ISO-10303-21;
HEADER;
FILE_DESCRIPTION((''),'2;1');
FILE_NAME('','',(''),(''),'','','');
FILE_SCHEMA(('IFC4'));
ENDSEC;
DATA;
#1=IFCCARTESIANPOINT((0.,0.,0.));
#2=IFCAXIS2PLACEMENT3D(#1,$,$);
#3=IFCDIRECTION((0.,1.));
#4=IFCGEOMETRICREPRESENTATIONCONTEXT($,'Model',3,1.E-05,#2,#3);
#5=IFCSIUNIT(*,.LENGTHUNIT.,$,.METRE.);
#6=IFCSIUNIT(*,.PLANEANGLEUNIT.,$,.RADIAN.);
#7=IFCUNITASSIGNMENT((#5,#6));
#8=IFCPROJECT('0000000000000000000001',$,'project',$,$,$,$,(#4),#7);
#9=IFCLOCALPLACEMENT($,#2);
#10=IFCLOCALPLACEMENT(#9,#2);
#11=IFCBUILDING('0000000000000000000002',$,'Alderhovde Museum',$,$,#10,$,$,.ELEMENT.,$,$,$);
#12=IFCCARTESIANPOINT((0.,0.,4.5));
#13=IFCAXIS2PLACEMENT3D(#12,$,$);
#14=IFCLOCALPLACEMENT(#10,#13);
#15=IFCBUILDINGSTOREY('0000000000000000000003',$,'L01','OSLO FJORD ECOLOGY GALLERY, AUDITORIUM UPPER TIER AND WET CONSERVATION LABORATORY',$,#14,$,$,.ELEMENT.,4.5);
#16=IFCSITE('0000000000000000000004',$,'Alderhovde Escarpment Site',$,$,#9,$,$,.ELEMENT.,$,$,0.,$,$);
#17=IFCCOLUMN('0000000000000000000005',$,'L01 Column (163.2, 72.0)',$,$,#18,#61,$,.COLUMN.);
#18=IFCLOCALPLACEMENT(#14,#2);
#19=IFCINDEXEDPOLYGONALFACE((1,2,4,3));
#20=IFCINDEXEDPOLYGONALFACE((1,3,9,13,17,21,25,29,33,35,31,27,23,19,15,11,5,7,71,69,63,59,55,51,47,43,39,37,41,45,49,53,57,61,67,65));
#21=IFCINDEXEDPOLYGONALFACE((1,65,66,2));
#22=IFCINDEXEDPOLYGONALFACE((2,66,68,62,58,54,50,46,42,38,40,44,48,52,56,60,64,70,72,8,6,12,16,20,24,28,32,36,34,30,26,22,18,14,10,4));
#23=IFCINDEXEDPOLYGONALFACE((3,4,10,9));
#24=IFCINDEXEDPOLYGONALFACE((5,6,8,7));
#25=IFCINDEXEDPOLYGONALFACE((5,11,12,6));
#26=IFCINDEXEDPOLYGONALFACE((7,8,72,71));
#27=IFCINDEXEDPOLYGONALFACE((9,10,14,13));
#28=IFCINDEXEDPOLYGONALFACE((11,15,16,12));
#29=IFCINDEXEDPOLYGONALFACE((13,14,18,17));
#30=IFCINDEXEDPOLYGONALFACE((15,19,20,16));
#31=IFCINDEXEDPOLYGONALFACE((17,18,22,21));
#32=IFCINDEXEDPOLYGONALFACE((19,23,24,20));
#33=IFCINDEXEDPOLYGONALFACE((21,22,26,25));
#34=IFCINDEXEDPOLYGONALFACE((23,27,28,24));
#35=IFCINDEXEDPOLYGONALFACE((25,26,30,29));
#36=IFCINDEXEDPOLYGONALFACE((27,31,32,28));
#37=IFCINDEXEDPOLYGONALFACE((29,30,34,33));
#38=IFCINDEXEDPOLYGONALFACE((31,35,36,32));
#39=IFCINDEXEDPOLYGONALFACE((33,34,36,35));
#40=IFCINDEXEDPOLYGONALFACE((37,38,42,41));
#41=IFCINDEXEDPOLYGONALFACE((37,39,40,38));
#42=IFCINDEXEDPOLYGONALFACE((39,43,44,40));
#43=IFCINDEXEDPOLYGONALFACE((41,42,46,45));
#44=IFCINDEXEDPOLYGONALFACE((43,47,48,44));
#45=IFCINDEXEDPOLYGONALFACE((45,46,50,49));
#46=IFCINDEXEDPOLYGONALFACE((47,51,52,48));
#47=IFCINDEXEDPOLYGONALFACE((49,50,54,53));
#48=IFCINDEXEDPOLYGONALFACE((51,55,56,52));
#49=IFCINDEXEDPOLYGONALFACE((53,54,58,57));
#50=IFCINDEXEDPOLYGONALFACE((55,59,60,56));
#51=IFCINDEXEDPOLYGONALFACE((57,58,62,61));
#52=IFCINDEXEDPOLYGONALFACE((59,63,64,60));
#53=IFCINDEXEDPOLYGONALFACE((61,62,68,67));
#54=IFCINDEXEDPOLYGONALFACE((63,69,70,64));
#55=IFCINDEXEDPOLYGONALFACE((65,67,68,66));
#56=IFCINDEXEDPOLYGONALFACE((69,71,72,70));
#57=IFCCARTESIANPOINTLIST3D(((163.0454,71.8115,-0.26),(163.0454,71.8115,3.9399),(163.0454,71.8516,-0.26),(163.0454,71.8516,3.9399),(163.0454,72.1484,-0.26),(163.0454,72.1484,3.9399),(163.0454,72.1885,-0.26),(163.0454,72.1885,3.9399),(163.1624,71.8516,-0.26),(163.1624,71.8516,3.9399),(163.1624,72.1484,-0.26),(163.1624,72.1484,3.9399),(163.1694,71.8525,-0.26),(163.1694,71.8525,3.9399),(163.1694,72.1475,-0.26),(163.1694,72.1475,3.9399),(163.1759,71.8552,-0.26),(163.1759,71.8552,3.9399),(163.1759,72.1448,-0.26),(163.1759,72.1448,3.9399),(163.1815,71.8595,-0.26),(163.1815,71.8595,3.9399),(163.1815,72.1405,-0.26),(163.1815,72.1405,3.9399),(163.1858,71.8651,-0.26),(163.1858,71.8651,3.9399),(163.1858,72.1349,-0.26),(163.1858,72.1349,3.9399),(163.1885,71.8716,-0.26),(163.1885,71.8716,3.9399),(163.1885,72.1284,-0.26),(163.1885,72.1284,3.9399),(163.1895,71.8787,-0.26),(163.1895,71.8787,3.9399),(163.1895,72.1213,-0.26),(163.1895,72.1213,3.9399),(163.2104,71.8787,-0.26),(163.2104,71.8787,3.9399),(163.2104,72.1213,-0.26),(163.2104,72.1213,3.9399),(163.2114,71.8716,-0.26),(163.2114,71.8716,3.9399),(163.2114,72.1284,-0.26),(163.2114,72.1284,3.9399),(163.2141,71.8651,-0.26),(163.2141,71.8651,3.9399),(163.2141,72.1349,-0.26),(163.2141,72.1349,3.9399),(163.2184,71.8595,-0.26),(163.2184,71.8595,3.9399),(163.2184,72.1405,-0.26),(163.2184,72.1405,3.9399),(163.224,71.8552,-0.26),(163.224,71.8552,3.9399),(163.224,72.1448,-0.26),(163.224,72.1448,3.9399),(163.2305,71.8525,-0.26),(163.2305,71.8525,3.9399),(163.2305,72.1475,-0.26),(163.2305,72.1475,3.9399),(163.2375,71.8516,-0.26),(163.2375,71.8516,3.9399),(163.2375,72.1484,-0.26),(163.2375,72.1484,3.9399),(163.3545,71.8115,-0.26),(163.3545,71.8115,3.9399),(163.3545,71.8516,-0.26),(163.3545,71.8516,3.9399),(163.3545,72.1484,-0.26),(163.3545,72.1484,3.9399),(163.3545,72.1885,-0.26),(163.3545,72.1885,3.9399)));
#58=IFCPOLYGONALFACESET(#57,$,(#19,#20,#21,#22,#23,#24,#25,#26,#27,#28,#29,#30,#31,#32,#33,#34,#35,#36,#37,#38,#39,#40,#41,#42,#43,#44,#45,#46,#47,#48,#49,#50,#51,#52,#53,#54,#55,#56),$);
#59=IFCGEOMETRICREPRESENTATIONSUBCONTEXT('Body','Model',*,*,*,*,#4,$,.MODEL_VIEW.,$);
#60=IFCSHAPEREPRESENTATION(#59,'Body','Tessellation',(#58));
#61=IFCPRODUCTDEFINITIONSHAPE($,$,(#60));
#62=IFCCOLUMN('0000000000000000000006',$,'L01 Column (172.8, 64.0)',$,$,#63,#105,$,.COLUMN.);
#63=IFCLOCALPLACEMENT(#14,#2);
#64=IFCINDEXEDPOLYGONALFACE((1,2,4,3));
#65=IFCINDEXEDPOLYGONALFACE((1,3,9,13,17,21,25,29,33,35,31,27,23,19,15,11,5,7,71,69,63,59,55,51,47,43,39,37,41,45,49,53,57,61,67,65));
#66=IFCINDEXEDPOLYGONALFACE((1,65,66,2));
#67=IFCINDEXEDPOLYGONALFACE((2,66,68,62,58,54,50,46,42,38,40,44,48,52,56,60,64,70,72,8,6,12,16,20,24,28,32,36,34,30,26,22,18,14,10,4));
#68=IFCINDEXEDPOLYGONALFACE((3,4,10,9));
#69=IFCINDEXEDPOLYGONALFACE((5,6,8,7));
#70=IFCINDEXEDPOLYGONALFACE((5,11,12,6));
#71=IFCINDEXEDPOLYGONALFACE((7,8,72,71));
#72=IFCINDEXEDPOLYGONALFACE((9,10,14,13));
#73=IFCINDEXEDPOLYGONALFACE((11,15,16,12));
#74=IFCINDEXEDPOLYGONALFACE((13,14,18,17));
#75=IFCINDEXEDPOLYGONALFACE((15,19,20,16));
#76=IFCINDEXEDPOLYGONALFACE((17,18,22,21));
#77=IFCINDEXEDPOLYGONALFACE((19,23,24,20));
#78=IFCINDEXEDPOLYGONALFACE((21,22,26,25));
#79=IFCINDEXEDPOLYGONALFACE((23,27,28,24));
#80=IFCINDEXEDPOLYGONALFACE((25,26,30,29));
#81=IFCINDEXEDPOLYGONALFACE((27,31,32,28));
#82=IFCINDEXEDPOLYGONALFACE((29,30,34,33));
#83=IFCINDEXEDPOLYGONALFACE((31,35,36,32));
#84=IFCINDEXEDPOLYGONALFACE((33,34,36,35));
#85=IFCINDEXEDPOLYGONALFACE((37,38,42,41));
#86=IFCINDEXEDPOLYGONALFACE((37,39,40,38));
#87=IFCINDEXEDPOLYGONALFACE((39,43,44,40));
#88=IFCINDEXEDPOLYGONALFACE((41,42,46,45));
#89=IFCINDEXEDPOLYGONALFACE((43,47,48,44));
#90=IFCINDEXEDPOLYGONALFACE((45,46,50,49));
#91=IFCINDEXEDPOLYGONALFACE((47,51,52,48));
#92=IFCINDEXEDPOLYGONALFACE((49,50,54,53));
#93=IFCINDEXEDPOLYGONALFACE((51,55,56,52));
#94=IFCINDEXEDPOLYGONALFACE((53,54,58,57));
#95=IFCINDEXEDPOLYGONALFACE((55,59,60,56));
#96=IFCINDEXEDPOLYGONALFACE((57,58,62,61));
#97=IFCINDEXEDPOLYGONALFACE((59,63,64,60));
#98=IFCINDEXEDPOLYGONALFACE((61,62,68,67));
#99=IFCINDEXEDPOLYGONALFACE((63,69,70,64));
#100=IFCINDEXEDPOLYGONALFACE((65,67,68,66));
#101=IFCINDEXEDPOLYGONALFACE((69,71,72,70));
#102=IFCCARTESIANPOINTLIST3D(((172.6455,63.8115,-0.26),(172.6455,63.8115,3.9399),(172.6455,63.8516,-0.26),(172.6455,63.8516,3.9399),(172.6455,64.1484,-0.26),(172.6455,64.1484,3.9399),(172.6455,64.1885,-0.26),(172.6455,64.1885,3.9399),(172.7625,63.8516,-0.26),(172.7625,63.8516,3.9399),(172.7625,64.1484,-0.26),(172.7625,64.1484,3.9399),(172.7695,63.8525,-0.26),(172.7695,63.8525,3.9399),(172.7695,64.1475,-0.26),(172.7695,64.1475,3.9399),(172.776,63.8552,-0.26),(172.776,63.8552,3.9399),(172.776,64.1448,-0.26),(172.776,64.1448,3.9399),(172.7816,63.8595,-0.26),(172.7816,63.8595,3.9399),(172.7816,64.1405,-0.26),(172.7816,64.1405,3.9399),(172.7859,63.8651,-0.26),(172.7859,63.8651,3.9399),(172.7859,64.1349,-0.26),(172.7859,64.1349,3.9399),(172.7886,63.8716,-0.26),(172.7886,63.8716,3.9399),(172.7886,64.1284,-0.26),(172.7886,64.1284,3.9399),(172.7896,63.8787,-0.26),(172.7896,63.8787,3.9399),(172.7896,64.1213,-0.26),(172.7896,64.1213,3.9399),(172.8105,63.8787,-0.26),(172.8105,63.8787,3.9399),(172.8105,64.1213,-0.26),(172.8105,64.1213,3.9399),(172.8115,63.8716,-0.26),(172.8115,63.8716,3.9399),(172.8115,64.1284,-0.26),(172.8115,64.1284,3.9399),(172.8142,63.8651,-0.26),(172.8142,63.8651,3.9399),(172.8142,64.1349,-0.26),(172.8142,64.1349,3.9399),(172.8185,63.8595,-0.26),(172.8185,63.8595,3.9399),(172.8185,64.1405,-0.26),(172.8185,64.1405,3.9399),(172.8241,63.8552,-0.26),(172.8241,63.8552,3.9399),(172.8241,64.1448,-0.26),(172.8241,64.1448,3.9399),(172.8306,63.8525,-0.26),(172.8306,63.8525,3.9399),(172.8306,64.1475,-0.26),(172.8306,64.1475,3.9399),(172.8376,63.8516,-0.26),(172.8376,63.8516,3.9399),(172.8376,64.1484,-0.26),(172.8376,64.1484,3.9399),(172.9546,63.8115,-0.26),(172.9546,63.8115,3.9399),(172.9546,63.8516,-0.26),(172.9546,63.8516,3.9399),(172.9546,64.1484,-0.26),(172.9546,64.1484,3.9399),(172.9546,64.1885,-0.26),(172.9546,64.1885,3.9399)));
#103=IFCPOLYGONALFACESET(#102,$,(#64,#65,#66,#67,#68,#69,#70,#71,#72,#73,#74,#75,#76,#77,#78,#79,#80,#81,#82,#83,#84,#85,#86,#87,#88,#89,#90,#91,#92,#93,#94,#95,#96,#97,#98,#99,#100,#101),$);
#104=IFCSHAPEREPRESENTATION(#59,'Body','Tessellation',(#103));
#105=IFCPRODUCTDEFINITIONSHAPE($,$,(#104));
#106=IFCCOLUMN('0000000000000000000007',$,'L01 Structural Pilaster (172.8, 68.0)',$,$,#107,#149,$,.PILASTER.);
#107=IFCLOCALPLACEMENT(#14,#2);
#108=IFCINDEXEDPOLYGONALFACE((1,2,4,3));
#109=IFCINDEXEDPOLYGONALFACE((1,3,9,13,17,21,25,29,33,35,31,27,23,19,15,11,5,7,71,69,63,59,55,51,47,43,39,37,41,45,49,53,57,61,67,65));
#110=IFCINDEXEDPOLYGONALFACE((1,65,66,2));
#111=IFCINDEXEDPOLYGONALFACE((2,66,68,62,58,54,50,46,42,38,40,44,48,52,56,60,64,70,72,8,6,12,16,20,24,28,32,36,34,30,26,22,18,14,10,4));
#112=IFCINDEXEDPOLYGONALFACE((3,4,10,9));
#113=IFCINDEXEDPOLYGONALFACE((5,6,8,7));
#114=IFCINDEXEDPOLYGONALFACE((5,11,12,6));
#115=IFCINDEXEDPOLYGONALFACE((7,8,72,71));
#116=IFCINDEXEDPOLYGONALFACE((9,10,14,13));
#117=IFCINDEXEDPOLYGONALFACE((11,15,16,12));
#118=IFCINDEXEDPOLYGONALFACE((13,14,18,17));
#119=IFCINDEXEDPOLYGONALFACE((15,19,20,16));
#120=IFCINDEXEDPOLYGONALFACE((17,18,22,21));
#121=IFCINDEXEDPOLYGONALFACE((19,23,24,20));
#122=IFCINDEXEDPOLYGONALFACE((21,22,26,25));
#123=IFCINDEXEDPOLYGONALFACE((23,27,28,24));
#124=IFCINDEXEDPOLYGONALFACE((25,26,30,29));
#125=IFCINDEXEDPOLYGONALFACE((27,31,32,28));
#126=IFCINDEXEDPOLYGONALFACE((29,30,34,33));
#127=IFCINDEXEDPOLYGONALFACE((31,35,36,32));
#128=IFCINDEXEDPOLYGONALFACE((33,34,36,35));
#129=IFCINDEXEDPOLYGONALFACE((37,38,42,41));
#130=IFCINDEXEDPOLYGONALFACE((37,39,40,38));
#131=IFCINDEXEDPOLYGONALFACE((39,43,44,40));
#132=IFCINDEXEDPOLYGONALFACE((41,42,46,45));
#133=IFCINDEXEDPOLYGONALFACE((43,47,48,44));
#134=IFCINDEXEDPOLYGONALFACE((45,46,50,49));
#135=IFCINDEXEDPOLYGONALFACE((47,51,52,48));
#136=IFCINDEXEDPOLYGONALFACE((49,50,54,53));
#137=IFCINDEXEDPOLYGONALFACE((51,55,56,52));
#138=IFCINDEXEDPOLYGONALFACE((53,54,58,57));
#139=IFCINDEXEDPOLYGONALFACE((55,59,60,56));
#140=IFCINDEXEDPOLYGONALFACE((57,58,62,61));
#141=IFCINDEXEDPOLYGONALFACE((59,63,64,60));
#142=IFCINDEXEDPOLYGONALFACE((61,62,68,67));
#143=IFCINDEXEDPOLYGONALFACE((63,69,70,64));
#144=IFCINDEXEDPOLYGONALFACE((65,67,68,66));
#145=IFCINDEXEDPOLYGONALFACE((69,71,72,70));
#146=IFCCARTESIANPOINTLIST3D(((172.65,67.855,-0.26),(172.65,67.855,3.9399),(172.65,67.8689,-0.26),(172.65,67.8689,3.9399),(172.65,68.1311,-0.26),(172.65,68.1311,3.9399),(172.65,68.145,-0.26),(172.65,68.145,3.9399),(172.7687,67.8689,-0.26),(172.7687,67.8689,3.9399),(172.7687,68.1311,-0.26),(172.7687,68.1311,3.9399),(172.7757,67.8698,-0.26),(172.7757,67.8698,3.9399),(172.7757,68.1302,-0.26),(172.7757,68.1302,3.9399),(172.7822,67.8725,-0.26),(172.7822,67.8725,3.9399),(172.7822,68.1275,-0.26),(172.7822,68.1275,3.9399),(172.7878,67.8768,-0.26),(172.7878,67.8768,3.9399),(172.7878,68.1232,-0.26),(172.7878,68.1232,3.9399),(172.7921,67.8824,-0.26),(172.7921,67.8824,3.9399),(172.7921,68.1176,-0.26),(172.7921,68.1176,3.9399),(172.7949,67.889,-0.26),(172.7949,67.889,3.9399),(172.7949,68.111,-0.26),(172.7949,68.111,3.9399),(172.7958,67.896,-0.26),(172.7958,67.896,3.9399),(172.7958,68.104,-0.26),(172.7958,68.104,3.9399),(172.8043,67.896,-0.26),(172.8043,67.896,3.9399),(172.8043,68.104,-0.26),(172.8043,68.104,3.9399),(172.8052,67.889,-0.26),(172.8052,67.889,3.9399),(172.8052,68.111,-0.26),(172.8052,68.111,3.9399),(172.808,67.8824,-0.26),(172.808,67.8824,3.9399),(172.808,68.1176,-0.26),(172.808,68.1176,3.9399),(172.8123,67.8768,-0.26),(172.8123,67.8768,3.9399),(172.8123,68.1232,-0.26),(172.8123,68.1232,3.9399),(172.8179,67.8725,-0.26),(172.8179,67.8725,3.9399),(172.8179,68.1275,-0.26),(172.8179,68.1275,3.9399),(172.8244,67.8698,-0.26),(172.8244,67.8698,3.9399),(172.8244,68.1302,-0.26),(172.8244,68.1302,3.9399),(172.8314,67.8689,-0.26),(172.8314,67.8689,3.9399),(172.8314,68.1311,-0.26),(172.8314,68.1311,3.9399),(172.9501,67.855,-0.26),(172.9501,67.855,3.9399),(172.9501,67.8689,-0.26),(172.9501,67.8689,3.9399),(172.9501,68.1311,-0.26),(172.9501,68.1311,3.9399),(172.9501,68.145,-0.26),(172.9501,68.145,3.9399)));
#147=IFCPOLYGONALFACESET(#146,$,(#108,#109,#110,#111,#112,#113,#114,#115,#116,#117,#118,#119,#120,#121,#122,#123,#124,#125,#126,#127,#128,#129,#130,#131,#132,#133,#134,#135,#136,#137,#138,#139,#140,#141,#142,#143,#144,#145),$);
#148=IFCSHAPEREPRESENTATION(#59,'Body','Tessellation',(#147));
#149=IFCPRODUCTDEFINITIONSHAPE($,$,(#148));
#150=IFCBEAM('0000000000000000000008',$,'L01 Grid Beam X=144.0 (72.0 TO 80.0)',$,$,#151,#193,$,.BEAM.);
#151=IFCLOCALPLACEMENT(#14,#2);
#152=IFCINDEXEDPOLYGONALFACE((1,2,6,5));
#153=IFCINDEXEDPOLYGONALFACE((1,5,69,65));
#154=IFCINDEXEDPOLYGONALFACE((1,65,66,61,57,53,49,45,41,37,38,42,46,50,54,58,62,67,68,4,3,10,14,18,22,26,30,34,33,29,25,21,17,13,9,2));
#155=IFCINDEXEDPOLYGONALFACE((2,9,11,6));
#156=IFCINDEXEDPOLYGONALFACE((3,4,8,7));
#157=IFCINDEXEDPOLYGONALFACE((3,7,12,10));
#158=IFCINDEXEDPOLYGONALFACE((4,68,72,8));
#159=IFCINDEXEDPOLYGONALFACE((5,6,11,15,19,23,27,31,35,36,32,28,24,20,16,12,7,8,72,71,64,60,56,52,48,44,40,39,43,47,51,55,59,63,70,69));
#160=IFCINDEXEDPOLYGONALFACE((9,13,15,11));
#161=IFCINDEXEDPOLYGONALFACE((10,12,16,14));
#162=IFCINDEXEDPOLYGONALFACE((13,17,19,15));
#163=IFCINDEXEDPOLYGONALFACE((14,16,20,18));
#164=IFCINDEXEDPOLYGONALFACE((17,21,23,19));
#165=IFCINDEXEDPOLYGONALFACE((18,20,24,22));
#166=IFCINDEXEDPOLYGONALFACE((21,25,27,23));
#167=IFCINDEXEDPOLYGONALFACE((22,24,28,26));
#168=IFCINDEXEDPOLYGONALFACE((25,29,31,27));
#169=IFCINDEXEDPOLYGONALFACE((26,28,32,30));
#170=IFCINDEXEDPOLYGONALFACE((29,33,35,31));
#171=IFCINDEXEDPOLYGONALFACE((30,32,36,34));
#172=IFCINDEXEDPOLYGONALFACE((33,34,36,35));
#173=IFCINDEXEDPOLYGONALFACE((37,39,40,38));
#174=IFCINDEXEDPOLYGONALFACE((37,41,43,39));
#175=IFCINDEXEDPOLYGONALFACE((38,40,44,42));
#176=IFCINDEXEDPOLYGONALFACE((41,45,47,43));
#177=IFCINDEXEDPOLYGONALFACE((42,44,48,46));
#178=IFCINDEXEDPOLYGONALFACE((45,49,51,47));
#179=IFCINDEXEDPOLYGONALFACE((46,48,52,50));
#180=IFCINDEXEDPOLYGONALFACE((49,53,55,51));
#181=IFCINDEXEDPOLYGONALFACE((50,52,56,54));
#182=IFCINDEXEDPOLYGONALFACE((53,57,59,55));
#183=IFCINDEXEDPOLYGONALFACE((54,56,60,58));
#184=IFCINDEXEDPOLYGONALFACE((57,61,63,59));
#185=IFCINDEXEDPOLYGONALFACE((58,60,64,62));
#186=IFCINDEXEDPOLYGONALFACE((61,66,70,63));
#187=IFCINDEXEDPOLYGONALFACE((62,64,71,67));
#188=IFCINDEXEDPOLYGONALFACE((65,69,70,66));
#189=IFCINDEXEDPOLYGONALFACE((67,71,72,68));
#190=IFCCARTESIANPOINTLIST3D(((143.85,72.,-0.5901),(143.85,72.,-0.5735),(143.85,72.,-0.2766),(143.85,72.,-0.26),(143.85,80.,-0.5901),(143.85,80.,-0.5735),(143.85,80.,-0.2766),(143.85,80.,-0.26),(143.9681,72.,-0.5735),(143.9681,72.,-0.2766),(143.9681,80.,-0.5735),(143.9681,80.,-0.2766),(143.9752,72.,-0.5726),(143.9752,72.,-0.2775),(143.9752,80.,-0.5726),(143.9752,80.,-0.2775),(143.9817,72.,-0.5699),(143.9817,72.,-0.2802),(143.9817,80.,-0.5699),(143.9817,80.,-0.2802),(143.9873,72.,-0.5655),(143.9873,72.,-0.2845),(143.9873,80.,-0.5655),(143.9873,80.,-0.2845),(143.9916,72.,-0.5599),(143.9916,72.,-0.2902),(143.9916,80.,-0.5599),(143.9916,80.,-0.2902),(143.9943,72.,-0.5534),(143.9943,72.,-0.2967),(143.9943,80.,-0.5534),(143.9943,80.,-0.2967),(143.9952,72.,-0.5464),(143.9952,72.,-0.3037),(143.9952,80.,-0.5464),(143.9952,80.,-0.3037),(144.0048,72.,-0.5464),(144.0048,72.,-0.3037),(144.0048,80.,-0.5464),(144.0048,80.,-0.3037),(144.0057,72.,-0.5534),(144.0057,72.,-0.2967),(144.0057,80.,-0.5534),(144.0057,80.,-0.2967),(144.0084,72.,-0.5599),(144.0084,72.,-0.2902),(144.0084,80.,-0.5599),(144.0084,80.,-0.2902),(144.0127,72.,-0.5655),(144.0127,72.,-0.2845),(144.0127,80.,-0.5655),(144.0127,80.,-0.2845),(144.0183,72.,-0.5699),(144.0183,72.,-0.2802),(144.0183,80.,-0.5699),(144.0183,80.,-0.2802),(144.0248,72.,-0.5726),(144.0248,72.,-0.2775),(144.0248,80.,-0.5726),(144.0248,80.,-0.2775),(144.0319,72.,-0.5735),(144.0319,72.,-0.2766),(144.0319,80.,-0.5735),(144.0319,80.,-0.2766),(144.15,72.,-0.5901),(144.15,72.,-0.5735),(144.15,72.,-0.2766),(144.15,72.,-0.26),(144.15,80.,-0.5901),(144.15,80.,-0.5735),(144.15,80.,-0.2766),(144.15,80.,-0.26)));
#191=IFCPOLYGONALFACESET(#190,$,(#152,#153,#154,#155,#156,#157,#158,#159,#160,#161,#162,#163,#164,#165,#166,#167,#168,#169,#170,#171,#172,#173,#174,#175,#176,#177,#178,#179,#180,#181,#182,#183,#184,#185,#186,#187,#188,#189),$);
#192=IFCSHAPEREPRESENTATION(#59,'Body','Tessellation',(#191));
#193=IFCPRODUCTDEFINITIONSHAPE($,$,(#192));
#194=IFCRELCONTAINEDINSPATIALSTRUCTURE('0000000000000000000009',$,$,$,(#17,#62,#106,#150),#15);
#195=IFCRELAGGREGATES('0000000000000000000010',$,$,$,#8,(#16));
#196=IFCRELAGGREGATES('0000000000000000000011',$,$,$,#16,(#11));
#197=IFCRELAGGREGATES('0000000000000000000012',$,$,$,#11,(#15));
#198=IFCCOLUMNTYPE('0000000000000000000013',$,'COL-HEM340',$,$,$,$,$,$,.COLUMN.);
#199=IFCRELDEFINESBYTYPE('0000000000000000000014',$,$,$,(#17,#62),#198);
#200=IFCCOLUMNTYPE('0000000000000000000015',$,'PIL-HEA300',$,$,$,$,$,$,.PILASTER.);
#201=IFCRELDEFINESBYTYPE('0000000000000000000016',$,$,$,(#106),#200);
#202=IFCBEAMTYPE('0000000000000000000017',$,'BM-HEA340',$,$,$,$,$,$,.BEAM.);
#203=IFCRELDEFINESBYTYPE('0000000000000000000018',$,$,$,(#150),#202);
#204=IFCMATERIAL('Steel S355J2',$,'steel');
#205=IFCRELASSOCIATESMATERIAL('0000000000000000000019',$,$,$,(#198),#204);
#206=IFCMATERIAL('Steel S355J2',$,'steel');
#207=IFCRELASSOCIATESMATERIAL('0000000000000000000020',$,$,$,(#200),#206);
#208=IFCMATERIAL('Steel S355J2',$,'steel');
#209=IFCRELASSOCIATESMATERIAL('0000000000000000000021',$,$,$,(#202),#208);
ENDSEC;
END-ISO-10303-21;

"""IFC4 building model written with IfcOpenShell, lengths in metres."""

from ifc_helpers import new_model, si_unit, direction, frame, origin, origin_2d, place, context, subcontext, project, spatial, i_section, extrude, material, material_profile, profile_set, type_object, element, save


model = new_model("IFC4")

# Units and contexts
model_context = context("Model", 3, precision=1e-05, world=origin(), true_north=direction((0.0, 1.0)))
body_context = subcontext(model_context, "Body", "Model", "MODEL_VIEW")
ifc_project = project(units=[si_unit("LENGTHUNIT", "METRE"), si_unit("PLANEANGLEUNIT", "RADIAN")], contexts=[model_context])

# Site, building, storey
site_placement = place(None, origin())
site = spatial("IfcSite", under=ifc_project, at=site_placement, Name="Alderhovde Escarpment Site", CompositionType="ELEMENT", RefElevation=0.0)
building_placement = place(site_placement, origin())
building = spatial("IfcBuilding", under=site, at=building_placement, Name="Alderhovde Museum", CompositionType="ELEMENT")
storey_placement = place(building_placement, frame((0.0, 0.0, 4.5)))
storey = spatial("IfcBuildingStorey", under=building, at=storey_placement, Name="L01", Description="OSLO FJORD ECOLOGY GALLERY, AUDITORIUM UPPER TIER AND WET CONSERVATION LABORATORY", CompositionType="ELEMENT", Elevation=4.5)

# Columns
ifc_material_1 = material(Name="Steel S355J2", Category="steel")
ifc_material_profile_1 = material_profile(ifc_material_1, i_section(OverallWidth=0.3091, OverallDepth=0.377, WebThickness=0.021, FlangeThickness=0.04, FilletRadius=0.0271, at=origin_2d()), Name="HEM 340")
ifc_profile_set_1 = profile_set([ifc_material_profile_1], Name="Steel S355J2")
column_type_1 = type_object("IfcColumnType", Name="COL-HEM340", PredefinedType="COLUMN", material=ifc_profile_set_1)
for number, where, z_axis, x_axis, name in (
    (1, (163.2, 72.0, -0.26), (0.0, 0.0, 1.0), (1.0, 0.0, 0.0), "L01 Column (163.2, 72.0)"),
    (2, (172.8, 64.0, -0.26), (0.0, 0.0, 1.0), (1.0, 0.0, 0.0), "L01 Column (172.8, 64.0)"),
):
    element("IfcColumn", number, at=place(storey_placement, frame(where, z_axis=z_axis, x_axis=x_axis)), inside=storey, type_object=column_type_1, Name=name, PredefinedType="COLUMN", context=body_context, shape_type="SweptSolid", body=[
        extrude(i_section(OverallWidth=0.3091, OverallDepth=0.377, WebThickness=0.021, FlangeThickness=0.04, FilletRadius=0.0271, at=origin_2d()), origin(), (0.0, 0.0, 1.0), 4.2),
    ])
ifc_material_2 = material(Name="Steel S355J2", Category="steel")
ifc_material_profile_2 = material_profile(ifc_material_2, i_section(OverallWidth=0.3, OverallDepth=0.29, WebThickness=0.0085, FlangeThickness=0.0139, FilletRadius=0.0271, at=origin_2d()), Name="HEA 300")
ifc_profile_set_2 = profile_set([ifc_material_profile_2], Name="Steel S355J2")
column_type_2 = type_object("IfcColumnType", Name="PIL-HEA300", PredefinedType="PILASTER", material=ifc_profile_set_2)
column_placement = place(storey_placement, frame((172.8, 68.0, -0.26), z_axis=(0.0, 0.0, 1.0), x_axis=(1.0, 0.0, 0.0)))
element("IfcColumn", 3, at=column_placement, inside=storey, type_object=column_type_2, Name="L01 Structural Pilaster (172.8, 68.0)", PredefinedType="PILASTER", context=body_context, shape_type="SweptSolid", body=[
    extrude(i_section(OverallWidth=0.3, OverallDepth=0.29, WebThickness=0.0085, FlangeThickness=0.0139, FilletRadius=0.0271, at=origin_2d()), origin(), (0.0, 0.0, 1.0), 4.2),
])

# Beam
ifc_material_3 = material(Name="Steel S355J2", Category="steel")
ifc_material_profile_3 = material_profile(ifc_material_3, i_section(OverallWidth=0.3, OverallDepth=0.3301, WebThickness=0.0095, FlangeThickness=0.0166, FilletRadius=0.0271, at=origin_2d()), Name="HEA 340")
ifc_profile_set_3 = profile_set([ifc_material_profile_3], Name="Steel S355J2")
beam_type_1 = type_object("IfcBeamType", Name="BM-HEA340", PredefinedType="BEAM", material=ifc_profile_set_3)
for number, where, z_axis, x_axis, name in (
    (4, (144.0, 72.0, -0.425), (0.0, 1.0, 0.0), (-1.0, 0.0, 0.0), "L01 Grid Beam X=144.0 (72.0 TO 80.0)"),
):
    element("IfcBeam", number, at=place(storey_placement, frame(where, z_axis=z_axis, x_axis=x_axis)), inside=storey, type_object=beam_type_1, Name=name, PredefinedType="BEAM", context=body_context, shape_type="SweptSolid", body=[
        extrude(i_section(OverallWidth=0.3, OverallDepth=0.3301, WebThickness=0.0095, FlangeThickness=0.0166, FilletRadius=0.0271, at=origin_2d()), origin(), (0.0, 0.0, 1.0), 8.0),
    ])

save(model, "model.ifc")
